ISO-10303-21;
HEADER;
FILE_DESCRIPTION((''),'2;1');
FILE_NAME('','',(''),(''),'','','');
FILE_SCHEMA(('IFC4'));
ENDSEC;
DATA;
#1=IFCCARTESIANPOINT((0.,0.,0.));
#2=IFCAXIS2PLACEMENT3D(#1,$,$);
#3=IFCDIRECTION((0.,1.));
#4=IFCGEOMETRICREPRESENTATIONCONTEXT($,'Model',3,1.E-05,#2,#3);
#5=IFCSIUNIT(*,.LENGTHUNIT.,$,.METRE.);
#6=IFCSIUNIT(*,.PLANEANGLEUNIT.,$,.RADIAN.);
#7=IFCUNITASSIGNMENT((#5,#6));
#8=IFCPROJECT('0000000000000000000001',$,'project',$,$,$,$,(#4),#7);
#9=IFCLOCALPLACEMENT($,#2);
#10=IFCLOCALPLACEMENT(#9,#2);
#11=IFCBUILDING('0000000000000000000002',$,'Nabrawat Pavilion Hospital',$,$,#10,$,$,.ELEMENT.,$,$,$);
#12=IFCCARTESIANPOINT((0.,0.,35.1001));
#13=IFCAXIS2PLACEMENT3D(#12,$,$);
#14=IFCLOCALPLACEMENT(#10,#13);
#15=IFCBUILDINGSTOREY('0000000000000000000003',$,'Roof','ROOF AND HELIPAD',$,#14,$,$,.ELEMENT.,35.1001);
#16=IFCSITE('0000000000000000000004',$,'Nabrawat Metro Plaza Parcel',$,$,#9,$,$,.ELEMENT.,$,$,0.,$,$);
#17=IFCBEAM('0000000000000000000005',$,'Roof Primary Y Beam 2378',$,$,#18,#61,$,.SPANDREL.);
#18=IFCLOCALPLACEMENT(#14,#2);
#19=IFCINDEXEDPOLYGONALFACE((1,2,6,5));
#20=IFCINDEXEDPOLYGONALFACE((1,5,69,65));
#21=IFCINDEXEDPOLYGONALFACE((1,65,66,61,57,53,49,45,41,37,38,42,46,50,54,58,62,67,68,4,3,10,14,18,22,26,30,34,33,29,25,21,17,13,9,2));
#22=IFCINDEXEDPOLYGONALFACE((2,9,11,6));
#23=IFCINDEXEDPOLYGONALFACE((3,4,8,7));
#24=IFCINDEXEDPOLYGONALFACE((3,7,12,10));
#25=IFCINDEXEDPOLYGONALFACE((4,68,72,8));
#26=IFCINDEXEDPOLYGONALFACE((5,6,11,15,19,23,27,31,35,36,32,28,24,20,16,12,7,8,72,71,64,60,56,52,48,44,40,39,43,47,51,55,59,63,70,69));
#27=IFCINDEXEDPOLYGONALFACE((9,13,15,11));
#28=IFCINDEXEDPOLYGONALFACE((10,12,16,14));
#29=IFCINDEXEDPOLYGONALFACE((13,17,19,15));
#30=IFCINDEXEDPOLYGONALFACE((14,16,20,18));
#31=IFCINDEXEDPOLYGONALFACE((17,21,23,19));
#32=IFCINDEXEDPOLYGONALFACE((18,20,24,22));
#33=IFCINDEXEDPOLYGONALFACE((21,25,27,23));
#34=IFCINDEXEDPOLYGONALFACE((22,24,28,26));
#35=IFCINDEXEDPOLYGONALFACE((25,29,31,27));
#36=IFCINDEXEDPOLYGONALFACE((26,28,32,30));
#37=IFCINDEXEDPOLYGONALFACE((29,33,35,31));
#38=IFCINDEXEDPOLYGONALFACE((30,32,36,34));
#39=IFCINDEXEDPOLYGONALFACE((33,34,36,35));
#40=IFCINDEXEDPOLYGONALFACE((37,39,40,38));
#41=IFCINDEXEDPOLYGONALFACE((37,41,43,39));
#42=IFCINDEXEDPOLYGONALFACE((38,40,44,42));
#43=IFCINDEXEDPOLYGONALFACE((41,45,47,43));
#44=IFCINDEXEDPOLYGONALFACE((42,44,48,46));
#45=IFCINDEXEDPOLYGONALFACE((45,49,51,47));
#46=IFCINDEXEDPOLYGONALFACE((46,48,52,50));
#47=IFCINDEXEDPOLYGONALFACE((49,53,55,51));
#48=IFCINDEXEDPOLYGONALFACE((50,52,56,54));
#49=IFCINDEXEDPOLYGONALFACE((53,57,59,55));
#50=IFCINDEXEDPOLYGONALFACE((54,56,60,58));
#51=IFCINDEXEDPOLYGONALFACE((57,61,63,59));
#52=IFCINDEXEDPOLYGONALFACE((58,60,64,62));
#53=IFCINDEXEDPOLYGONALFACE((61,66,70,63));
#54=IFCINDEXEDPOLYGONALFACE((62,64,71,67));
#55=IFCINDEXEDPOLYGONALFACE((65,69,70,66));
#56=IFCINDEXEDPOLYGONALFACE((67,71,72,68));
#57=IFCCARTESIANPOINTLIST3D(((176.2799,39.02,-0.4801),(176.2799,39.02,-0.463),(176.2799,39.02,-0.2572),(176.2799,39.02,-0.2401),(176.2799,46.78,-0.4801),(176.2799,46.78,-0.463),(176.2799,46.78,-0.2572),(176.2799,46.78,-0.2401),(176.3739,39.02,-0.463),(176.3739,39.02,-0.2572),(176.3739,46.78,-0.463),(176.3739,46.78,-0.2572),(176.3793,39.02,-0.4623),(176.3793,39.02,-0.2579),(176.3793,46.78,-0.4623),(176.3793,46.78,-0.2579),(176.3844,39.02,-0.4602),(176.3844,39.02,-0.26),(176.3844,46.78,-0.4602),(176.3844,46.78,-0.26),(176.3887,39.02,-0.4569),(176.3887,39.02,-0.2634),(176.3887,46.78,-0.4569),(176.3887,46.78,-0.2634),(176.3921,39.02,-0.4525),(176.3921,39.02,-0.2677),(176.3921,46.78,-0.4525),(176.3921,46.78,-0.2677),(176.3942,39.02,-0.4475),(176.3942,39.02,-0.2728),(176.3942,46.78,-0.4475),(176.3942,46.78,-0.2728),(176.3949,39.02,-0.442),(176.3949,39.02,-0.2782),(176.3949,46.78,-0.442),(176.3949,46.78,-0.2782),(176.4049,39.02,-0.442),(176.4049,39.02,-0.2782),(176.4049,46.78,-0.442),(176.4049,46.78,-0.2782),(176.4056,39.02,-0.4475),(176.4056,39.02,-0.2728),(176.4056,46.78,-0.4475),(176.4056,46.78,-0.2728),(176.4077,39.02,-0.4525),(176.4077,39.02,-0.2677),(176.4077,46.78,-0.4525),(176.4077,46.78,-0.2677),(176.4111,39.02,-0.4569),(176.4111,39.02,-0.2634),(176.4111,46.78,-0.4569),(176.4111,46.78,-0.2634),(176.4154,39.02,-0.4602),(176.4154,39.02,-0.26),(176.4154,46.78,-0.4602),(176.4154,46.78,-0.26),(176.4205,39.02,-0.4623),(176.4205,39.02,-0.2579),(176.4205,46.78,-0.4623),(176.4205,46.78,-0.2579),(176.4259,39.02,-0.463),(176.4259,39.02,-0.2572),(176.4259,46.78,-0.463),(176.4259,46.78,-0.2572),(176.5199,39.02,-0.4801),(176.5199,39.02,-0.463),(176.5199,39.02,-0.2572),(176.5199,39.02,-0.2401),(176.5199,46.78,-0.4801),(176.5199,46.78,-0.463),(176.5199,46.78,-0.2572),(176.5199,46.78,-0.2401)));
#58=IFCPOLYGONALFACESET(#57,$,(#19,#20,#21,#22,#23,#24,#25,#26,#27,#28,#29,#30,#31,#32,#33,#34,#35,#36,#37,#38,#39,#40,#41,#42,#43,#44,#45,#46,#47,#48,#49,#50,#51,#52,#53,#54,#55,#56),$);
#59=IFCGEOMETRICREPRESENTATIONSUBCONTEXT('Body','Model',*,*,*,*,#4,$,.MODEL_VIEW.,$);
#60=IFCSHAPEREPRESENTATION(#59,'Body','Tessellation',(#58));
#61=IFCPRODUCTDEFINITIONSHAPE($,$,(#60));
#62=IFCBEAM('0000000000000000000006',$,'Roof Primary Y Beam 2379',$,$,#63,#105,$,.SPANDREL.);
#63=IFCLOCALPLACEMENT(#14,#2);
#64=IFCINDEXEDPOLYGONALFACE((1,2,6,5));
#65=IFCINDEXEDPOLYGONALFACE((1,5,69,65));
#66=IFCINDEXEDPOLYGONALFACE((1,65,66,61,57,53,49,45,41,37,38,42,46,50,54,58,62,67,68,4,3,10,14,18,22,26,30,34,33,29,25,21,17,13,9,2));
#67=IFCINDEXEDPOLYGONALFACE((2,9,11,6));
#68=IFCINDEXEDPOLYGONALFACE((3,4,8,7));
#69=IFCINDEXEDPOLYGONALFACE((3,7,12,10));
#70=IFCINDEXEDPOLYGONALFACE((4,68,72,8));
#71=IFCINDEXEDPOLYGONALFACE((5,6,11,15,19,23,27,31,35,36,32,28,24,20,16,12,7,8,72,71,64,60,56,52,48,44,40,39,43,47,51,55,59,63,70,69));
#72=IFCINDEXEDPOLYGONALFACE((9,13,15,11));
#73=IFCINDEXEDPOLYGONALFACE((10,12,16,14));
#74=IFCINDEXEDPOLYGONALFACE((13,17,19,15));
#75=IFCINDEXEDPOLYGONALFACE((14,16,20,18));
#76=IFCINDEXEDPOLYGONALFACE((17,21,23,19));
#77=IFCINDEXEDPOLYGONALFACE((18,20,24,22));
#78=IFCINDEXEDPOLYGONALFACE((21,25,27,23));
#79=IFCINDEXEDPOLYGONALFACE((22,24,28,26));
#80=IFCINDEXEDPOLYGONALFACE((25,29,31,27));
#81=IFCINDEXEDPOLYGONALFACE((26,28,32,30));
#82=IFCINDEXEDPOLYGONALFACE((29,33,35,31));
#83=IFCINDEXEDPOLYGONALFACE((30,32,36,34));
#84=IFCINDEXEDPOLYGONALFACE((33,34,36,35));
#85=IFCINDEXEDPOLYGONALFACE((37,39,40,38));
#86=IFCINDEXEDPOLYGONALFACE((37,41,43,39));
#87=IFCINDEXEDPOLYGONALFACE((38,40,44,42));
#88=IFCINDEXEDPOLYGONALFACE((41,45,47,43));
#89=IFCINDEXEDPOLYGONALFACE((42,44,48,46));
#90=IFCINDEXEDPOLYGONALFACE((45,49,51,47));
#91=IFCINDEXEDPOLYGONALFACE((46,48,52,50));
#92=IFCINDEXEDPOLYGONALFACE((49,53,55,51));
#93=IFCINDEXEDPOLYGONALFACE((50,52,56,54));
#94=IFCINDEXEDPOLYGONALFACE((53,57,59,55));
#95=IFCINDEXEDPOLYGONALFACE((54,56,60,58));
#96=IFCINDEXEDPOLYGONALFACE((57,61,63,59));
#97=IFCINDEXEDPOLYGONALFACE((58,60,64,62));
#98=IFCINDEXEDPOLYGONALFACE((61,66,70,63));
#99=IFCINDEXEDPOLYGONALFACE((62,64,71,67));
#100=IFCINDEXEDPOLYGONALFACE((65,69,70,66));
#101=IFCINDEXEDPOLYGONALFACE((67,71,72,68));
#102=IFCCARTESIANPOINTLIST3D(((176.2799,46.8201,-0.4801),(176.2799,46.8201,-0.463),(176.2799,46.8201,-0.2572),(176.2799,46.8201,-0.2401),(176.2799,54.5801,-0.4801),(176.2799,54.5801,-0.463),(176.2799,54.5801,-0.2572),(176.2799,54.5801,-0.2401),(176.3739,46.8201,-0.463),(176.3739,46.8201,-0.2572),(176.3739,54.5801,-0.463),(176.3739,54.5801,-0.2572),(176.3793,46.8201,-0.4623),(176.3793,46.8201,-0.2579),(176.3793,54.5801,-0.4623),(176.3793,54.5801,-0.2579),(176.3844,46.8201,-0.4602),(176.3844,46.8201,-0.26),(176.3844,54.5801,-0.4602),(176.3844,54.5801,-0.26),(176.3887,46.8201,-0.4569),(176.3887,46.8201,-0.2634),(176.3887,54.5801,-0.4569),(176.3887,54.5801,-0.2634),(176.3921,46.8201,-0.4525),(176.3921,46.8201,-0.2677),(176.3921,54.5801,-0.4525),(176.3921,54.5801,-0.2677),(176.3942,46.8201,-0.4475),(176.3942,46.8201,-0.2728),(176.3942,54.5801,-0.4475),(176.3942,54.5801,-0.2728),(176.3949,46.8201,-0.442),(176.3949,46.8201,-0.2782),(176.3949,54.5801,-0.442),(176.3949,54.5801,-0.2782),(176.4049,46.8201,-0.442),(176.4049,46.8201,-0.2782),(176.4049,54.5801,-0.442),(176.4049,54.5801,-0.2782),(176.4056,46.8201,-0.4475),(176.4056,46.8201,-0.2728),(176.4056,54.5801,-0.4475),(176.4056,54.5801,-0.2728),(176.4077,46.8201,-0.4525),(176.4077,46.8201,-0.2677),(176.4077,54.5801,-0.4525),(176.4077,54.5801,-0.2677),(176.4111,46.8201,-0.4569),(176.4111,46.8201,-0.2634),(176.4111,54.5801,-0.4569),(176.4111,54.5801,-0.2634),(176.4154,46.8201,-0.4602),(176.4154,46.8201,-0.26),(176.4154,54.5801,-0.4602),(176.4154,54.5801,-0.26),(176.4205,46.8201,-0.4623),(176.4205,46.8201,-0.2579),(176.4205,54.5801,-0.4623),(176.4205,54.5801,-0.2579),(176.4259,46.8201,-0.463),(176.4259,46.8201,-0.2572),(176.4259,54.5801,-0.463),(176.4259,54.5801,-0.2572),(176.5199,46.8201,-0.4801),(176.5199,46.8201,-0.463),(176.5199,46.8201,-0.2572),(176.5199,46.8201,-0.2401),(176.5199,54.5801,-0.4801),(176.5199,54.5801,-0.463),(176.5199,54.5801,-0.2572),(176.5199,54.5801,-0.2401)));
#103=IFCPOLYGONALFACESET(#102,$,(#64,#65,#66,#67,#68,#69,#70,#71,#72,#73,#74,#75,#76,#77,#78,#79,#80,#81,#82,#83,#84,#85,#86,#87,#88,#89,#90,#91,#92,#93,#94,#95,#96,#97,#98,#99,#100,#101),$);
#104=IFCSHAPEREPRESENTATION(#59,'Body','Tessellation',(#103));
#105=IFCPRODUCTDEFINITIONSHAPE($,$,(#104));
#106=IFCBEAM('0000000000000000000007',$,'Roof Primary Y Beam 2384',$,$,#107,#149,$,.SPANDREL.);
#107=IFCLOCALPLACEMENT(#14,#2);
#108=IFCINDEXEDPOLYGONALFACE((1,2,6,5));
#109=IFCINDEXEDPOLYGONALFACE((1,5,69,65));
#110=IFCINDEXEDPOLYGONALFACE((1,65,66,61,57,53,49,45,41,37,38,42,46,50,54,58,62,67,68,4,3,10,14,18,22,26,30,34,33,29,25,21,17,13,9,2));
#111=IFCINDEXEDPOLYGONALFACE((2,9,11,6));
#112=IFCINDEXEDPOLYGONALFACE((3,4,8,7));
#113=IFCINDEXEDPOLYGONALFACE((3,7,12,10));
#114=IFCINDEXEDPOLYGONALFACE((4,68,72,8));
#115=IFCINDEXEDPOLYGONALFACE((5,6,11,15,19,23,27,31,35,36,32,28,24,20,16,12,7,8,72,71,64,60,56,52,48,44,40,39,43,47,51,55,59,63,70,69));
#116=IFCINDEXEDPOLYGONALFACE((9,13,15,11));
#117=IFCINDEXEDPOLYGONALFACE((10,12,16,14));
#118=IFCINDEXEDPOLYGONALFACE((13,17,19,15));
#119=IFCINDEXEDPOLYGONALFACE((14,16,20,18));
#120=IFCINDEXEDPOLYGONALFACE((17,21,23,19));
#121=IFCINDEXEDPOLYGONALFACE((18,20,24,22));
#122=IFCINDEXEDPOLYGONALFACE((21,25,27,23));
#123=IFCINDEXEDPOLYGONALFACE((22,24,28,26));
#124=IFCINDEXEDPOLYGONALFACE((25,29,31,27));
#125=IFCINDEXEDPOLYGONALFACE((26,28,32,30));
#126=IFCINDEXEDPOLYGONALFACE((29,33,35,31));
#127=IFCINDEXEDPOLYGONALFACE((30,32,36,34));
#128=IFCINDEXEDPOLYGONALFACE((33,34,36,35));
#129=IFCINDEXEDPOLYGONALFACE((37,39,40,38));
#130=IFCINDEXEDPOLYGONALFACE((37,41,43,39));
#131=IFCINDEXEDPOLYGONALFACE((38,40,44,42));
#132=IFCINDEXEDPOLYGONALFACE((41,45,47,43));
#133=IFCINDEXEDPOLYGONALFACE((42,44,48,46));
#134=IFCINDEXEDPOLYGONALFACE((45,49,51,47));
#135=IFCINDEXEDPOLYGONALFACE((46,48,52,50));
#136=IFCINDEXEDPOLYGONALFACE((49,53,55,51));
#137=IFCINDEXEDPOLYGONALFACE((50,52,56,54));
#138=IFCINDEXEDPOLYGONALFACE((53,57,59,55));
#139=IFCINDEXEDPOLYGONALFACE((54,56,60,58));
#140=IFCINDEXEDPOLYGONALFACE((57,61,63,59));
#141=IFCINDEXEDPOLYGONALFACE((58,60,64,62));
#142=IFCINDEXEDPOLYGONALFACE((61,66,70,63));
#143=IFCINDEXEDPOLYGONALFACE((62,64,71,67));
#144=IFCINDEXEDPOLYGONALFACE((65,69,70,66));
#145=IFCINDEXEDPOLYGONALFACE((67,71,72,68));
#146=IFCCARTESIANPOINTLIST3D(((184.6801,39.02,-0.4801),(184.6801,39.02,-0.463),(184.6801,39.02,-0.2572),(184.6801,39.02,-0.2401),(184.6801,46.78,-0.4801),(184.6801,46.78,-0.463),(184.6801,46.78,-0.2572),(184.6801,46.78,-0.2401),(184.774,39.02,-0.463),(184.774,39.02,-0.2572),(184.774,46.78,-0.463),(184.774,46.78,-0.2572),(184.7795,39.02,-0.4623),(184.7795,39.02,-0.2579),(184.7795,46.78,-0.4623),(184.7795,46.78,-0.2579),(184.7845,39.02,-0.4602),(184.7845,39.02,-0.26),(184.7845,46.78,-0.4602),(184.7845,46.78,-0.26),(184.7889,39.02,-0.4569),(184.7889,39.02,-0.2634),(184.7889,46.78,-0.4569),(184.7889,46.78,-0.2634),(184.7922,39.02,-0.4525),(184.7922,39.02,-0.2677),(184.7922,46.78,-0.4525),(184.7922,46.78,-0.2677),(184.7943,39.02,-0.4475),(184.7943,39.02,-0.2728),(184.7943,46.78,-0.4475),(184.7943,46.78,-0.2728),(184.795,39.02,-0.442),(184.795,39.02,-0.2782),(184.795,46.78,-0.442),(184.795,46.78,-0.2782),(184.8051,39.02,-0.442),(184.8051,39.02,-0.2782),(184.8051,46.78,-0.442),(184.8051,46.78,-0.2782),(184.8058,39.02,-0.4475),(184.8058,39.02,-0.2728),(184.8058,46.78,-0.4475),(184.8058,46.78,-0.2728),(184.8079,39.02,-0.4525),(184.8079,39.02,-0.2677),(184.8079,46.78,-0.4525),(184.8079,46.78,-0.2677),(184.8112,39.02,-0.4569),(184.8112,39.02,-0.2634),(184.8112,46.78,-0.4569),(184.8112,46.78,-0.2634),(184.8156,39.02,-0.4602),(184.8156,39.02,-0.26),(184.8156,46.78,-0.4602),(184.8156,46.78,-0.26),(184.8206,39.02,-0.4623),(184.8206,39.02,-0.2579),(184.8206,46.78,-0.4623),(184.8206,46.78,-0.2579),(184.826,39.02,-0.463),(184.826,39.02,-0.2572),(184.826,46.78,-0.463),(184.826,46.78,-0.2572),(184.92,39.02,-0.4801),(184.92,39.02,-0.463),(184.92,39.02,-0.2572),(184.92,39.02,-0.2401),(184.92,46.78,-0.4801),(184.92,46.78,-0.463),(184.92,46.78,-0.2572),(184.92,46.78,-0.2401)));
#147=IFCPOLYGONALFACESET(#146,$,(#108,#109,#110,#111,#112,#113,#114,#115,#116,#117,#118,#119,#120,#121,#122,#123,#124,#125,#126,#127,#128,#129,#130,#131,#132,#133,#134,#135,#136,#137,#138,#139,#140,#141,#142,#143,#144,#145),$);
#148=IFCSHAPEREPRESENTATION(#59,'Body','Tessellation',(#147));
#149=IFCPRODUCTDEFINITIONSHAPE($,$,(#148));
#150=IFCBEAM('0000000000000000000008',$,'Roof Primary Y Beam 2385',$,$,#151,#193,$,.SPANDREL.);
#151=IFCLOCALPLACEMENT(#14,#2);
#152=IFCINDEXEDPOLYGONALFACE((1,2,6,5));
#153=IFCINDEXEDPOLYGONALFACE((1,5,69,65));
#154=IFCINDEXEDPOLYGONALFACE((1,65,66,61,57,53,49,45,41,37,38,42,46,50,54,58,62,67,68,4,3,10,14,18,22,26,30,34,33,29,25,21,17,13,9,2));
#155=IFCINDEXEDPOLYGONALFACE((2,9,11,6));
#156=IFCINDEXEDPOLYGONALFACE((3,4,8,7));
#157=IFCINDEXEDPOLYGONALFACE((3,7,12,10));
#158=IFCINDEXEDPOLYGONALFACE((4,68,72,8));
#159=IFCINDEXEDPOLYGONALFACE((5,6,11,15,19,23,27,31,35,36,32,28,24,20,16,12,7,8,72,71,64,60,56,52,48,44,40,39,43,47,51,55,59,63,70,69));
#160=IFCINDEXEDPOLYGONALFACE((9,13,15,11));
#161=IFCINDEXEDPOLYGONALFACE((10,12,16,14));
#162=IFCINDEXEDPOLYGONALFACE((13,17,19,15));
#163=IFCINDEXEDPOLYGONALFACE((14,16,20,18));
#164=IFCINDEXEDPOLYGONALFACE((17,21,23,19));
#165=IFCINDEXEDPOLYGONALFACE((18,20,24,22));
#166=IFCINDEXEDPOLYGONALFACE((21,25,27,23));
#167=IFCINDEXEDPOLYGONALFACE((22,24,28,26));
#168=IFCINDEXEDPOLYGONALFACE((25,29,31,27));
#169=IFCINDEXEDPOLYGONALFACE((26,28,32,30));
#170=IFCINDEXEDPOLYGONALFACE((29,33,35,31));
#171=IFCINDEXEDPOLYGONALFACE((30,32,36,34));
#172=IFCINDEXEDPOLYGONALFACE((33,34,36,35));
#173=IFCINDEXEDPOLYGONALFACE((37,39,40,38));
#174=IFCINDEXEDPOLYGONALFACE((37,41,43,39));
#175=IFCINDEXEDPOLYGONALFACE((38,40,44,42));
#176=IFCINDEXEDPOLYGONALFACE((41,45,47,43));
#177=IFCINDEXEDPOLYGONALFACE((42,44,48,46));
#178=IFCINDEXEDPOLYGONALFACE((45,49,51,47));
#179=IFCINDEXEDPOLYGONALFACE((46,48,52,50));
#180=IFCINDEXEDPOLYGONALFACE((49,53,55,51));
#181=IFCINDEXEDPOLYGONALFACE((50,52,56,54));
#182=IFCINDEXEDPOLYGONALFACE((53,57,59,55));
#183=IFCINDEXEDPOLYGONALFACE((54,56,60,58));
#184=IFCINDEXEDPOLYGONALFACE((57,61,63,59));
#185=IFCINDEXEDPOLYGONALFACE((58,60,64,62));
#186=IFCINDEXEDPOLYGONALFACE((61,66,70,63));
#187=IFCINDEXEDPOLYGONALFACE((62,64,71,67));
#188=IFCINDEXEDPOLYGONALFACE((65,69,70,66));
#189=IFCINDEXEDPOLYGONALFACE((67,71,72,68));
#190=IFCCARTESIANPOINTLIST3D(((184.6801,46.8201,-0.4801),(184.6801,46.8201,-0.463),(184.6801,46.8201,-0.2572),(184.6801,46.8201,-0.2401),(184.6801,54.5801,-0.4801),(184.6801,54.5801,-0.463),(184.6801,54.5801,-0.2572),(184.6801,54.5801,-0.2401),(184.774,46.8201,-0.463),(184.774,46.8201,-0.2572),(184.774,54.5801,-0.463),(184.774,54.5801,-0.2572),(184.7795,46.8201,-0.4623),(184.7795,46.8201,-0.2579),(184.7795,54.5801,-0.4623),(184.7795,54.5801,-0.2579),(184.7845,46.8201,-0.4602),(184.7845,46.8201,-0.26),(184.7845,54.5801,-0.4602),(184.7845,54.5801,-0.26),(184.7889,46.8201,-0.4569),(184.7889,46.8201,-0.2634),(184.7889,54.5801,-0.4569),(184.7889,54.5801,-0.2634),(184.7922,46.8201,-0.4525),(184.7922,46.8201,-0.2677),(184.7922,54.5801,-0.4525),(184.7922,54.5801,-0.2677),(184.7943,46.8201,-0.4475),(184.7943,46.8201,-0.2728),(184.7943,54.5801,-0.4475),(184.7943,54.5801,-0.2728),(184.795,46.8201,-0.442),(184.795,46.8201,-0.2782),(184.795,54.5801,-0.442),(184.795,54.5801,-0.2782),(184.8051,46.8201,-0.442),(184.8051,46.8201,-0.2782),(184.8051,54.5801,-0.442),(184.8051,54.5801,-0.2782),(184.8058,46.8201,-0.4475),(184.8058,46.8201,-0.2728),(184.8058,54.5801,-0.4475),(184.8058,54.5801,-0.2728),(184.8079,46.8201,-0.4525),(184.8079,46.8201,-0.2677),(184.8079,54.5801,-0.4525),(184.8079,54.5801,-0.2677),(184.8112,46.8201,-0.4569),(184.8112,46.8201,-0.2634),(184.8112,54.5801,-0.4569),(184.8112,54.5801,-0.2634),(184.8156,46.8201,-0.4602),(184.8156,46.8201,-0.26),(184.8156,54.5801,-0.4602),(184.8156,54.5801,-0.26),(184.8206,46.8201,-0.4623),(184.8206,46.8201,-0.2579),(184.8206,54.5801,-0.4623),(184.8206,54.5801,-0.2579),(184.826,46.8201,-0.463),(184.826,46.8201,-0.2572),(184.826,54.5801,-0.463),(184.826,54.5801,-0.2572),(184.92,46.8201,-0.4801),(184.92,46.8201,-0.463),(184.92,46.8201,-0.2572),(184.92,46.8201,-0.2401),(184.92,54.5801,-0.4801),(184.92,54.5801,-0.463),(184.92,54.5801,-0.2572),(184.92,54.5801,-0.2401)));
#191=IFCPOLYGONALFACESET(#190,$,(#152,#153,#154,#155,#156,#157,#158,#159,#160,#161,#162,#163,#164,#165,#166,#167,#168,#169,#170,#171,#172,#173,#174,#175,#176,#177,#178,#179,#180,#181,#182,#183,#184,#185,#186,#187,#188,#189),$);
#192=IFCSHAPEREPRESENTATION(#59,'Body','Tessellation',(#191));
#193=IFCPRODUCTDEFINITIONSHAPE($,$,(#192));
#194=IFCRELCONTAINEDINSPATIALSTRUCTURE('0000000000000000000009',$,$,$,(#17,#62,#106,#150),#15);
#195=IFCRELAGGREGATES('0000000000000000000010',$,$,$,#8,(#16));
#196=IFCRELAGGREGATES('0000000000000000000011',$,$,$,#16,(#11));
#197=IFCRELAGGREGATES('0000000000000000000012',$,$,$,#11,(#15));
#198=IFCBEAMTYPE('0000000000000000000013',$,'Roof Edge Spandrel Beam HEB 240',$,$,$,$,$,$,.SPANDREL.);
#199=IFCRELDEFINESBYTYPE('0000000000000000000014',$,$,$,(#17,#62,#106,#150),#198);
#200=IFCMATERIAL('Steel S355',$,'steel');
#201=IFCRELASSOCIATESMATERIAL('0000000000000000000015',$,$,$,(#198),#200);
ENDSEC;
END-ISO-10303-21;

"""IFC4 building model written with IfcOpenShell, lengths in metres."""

from ifc_helpers import new_model, si_unit, direction, frame, origin, origin_2d, place, context, subcontext, project, spatial, i_section, extrude, material, material_profile, profile_set, type_object, element, save


model = new_model("IFC4")

# Units and contexts
model_context = context("Model", 3, precision=1e-05, world=origin(), true_north=direction((0.0, 1.0)))
body_context = subcontext(model_context, "Body", "Model", "MODEL_VIEW")
ifc_project = project(units=[si_unit("LENGTHUNIT", "METRE"), si_unit("PLANEANGLEUNIT", "RADIAN")], contexts=[model_context])

# Site, building, storey
site_placement = place(None, origin())
site = spatial("IfcSite", under=ifc_project, at=site_placement, Name="Nabrawat Metro Plaza Parcel", CompositionType="ELEMENT", RefElevation=0.0)
building_placement = place(site_placement, origin())
building = spatial("IfcBuilding", under=site, at=building_placement, Name="Nabrawat Pavilion Hospital", CompositionType="ELEMENT")
storey_placement = place(building_placement, frame((0.0, 0.0, 35.1001)))
storey = spatial("IfcBuildingStorey", under=building, at=storey_placement, Name="Roof", Description="ROOF AND HELIPAD", CompositionType="ELEMENT", Elevation=35.1001)

# Shared definitions
ifc_material_1 = material(Name="Steel S355", Category="steel")

# Beams
ifc_material_profile_1 = material_profile(ifc_material_1, i_section(OverallWidth=0.24, OverallDepth=0.24, WebThickness=0.01, FlangeThickness=0.0171, FilletRadius=0.021, at=origin_2d()), Name="HEB 240")
ifc_profile_set_1 = profile_set([ifc_material_profile_1], Name="Steel S355")
beam_type_1 = type_object("IfcBeamType", Name="Roof Edge Spandrel Beam HEB 240", PredefinedType="SPANDREL", material=ifc_profile_set_1)
for number, where, z_axis, x_axis, name in (
    (1, (176.3999, 39.02, -0.3601), (0.0, 1.0, 0.0), (-1.0, 0.0, 0.0), "Roof Primary Y Beam 2378"),
    (2, (176.3999, 46.8201, -0.3601), (0.0, 1.0, 0.0), (-1.0, 0.0, 0.0), "Roof Primary Y Beam 2379"),
    (3, (184.8, 39.02, -0.3601), (0.0, 1.0, 0.0), (-1.0, 0.0, 0.0), "Roof Primary Y Beam 2384"),
    (4, (184.8, 46.8201, -0.3601), (0.0, 1.0, 0.0), (-1.0, 0.0, 0.0), "Roof Primary Y Beam 2385"),
):
    element("IfcBeam", number, at=place(storey_placement, frame(where, z_axis=z_axis, x_axis=x_axis)), inside=storey, type_object=beam_type_1, Name=name, PredefinedType="SPANDREL", context=body_context, shape_type="SweptSolid", body=[
        extrude(i_section(OverallWidth=0.24, OverallDepth=0.24, WebThickness=0.01, FlangeThickness=0.0171, FilletRadius=0.021, at=origin_2d()), origin(), (0.0, 0.0, 1.0), 7.76),
    ])

save(model, "model.ifc")
